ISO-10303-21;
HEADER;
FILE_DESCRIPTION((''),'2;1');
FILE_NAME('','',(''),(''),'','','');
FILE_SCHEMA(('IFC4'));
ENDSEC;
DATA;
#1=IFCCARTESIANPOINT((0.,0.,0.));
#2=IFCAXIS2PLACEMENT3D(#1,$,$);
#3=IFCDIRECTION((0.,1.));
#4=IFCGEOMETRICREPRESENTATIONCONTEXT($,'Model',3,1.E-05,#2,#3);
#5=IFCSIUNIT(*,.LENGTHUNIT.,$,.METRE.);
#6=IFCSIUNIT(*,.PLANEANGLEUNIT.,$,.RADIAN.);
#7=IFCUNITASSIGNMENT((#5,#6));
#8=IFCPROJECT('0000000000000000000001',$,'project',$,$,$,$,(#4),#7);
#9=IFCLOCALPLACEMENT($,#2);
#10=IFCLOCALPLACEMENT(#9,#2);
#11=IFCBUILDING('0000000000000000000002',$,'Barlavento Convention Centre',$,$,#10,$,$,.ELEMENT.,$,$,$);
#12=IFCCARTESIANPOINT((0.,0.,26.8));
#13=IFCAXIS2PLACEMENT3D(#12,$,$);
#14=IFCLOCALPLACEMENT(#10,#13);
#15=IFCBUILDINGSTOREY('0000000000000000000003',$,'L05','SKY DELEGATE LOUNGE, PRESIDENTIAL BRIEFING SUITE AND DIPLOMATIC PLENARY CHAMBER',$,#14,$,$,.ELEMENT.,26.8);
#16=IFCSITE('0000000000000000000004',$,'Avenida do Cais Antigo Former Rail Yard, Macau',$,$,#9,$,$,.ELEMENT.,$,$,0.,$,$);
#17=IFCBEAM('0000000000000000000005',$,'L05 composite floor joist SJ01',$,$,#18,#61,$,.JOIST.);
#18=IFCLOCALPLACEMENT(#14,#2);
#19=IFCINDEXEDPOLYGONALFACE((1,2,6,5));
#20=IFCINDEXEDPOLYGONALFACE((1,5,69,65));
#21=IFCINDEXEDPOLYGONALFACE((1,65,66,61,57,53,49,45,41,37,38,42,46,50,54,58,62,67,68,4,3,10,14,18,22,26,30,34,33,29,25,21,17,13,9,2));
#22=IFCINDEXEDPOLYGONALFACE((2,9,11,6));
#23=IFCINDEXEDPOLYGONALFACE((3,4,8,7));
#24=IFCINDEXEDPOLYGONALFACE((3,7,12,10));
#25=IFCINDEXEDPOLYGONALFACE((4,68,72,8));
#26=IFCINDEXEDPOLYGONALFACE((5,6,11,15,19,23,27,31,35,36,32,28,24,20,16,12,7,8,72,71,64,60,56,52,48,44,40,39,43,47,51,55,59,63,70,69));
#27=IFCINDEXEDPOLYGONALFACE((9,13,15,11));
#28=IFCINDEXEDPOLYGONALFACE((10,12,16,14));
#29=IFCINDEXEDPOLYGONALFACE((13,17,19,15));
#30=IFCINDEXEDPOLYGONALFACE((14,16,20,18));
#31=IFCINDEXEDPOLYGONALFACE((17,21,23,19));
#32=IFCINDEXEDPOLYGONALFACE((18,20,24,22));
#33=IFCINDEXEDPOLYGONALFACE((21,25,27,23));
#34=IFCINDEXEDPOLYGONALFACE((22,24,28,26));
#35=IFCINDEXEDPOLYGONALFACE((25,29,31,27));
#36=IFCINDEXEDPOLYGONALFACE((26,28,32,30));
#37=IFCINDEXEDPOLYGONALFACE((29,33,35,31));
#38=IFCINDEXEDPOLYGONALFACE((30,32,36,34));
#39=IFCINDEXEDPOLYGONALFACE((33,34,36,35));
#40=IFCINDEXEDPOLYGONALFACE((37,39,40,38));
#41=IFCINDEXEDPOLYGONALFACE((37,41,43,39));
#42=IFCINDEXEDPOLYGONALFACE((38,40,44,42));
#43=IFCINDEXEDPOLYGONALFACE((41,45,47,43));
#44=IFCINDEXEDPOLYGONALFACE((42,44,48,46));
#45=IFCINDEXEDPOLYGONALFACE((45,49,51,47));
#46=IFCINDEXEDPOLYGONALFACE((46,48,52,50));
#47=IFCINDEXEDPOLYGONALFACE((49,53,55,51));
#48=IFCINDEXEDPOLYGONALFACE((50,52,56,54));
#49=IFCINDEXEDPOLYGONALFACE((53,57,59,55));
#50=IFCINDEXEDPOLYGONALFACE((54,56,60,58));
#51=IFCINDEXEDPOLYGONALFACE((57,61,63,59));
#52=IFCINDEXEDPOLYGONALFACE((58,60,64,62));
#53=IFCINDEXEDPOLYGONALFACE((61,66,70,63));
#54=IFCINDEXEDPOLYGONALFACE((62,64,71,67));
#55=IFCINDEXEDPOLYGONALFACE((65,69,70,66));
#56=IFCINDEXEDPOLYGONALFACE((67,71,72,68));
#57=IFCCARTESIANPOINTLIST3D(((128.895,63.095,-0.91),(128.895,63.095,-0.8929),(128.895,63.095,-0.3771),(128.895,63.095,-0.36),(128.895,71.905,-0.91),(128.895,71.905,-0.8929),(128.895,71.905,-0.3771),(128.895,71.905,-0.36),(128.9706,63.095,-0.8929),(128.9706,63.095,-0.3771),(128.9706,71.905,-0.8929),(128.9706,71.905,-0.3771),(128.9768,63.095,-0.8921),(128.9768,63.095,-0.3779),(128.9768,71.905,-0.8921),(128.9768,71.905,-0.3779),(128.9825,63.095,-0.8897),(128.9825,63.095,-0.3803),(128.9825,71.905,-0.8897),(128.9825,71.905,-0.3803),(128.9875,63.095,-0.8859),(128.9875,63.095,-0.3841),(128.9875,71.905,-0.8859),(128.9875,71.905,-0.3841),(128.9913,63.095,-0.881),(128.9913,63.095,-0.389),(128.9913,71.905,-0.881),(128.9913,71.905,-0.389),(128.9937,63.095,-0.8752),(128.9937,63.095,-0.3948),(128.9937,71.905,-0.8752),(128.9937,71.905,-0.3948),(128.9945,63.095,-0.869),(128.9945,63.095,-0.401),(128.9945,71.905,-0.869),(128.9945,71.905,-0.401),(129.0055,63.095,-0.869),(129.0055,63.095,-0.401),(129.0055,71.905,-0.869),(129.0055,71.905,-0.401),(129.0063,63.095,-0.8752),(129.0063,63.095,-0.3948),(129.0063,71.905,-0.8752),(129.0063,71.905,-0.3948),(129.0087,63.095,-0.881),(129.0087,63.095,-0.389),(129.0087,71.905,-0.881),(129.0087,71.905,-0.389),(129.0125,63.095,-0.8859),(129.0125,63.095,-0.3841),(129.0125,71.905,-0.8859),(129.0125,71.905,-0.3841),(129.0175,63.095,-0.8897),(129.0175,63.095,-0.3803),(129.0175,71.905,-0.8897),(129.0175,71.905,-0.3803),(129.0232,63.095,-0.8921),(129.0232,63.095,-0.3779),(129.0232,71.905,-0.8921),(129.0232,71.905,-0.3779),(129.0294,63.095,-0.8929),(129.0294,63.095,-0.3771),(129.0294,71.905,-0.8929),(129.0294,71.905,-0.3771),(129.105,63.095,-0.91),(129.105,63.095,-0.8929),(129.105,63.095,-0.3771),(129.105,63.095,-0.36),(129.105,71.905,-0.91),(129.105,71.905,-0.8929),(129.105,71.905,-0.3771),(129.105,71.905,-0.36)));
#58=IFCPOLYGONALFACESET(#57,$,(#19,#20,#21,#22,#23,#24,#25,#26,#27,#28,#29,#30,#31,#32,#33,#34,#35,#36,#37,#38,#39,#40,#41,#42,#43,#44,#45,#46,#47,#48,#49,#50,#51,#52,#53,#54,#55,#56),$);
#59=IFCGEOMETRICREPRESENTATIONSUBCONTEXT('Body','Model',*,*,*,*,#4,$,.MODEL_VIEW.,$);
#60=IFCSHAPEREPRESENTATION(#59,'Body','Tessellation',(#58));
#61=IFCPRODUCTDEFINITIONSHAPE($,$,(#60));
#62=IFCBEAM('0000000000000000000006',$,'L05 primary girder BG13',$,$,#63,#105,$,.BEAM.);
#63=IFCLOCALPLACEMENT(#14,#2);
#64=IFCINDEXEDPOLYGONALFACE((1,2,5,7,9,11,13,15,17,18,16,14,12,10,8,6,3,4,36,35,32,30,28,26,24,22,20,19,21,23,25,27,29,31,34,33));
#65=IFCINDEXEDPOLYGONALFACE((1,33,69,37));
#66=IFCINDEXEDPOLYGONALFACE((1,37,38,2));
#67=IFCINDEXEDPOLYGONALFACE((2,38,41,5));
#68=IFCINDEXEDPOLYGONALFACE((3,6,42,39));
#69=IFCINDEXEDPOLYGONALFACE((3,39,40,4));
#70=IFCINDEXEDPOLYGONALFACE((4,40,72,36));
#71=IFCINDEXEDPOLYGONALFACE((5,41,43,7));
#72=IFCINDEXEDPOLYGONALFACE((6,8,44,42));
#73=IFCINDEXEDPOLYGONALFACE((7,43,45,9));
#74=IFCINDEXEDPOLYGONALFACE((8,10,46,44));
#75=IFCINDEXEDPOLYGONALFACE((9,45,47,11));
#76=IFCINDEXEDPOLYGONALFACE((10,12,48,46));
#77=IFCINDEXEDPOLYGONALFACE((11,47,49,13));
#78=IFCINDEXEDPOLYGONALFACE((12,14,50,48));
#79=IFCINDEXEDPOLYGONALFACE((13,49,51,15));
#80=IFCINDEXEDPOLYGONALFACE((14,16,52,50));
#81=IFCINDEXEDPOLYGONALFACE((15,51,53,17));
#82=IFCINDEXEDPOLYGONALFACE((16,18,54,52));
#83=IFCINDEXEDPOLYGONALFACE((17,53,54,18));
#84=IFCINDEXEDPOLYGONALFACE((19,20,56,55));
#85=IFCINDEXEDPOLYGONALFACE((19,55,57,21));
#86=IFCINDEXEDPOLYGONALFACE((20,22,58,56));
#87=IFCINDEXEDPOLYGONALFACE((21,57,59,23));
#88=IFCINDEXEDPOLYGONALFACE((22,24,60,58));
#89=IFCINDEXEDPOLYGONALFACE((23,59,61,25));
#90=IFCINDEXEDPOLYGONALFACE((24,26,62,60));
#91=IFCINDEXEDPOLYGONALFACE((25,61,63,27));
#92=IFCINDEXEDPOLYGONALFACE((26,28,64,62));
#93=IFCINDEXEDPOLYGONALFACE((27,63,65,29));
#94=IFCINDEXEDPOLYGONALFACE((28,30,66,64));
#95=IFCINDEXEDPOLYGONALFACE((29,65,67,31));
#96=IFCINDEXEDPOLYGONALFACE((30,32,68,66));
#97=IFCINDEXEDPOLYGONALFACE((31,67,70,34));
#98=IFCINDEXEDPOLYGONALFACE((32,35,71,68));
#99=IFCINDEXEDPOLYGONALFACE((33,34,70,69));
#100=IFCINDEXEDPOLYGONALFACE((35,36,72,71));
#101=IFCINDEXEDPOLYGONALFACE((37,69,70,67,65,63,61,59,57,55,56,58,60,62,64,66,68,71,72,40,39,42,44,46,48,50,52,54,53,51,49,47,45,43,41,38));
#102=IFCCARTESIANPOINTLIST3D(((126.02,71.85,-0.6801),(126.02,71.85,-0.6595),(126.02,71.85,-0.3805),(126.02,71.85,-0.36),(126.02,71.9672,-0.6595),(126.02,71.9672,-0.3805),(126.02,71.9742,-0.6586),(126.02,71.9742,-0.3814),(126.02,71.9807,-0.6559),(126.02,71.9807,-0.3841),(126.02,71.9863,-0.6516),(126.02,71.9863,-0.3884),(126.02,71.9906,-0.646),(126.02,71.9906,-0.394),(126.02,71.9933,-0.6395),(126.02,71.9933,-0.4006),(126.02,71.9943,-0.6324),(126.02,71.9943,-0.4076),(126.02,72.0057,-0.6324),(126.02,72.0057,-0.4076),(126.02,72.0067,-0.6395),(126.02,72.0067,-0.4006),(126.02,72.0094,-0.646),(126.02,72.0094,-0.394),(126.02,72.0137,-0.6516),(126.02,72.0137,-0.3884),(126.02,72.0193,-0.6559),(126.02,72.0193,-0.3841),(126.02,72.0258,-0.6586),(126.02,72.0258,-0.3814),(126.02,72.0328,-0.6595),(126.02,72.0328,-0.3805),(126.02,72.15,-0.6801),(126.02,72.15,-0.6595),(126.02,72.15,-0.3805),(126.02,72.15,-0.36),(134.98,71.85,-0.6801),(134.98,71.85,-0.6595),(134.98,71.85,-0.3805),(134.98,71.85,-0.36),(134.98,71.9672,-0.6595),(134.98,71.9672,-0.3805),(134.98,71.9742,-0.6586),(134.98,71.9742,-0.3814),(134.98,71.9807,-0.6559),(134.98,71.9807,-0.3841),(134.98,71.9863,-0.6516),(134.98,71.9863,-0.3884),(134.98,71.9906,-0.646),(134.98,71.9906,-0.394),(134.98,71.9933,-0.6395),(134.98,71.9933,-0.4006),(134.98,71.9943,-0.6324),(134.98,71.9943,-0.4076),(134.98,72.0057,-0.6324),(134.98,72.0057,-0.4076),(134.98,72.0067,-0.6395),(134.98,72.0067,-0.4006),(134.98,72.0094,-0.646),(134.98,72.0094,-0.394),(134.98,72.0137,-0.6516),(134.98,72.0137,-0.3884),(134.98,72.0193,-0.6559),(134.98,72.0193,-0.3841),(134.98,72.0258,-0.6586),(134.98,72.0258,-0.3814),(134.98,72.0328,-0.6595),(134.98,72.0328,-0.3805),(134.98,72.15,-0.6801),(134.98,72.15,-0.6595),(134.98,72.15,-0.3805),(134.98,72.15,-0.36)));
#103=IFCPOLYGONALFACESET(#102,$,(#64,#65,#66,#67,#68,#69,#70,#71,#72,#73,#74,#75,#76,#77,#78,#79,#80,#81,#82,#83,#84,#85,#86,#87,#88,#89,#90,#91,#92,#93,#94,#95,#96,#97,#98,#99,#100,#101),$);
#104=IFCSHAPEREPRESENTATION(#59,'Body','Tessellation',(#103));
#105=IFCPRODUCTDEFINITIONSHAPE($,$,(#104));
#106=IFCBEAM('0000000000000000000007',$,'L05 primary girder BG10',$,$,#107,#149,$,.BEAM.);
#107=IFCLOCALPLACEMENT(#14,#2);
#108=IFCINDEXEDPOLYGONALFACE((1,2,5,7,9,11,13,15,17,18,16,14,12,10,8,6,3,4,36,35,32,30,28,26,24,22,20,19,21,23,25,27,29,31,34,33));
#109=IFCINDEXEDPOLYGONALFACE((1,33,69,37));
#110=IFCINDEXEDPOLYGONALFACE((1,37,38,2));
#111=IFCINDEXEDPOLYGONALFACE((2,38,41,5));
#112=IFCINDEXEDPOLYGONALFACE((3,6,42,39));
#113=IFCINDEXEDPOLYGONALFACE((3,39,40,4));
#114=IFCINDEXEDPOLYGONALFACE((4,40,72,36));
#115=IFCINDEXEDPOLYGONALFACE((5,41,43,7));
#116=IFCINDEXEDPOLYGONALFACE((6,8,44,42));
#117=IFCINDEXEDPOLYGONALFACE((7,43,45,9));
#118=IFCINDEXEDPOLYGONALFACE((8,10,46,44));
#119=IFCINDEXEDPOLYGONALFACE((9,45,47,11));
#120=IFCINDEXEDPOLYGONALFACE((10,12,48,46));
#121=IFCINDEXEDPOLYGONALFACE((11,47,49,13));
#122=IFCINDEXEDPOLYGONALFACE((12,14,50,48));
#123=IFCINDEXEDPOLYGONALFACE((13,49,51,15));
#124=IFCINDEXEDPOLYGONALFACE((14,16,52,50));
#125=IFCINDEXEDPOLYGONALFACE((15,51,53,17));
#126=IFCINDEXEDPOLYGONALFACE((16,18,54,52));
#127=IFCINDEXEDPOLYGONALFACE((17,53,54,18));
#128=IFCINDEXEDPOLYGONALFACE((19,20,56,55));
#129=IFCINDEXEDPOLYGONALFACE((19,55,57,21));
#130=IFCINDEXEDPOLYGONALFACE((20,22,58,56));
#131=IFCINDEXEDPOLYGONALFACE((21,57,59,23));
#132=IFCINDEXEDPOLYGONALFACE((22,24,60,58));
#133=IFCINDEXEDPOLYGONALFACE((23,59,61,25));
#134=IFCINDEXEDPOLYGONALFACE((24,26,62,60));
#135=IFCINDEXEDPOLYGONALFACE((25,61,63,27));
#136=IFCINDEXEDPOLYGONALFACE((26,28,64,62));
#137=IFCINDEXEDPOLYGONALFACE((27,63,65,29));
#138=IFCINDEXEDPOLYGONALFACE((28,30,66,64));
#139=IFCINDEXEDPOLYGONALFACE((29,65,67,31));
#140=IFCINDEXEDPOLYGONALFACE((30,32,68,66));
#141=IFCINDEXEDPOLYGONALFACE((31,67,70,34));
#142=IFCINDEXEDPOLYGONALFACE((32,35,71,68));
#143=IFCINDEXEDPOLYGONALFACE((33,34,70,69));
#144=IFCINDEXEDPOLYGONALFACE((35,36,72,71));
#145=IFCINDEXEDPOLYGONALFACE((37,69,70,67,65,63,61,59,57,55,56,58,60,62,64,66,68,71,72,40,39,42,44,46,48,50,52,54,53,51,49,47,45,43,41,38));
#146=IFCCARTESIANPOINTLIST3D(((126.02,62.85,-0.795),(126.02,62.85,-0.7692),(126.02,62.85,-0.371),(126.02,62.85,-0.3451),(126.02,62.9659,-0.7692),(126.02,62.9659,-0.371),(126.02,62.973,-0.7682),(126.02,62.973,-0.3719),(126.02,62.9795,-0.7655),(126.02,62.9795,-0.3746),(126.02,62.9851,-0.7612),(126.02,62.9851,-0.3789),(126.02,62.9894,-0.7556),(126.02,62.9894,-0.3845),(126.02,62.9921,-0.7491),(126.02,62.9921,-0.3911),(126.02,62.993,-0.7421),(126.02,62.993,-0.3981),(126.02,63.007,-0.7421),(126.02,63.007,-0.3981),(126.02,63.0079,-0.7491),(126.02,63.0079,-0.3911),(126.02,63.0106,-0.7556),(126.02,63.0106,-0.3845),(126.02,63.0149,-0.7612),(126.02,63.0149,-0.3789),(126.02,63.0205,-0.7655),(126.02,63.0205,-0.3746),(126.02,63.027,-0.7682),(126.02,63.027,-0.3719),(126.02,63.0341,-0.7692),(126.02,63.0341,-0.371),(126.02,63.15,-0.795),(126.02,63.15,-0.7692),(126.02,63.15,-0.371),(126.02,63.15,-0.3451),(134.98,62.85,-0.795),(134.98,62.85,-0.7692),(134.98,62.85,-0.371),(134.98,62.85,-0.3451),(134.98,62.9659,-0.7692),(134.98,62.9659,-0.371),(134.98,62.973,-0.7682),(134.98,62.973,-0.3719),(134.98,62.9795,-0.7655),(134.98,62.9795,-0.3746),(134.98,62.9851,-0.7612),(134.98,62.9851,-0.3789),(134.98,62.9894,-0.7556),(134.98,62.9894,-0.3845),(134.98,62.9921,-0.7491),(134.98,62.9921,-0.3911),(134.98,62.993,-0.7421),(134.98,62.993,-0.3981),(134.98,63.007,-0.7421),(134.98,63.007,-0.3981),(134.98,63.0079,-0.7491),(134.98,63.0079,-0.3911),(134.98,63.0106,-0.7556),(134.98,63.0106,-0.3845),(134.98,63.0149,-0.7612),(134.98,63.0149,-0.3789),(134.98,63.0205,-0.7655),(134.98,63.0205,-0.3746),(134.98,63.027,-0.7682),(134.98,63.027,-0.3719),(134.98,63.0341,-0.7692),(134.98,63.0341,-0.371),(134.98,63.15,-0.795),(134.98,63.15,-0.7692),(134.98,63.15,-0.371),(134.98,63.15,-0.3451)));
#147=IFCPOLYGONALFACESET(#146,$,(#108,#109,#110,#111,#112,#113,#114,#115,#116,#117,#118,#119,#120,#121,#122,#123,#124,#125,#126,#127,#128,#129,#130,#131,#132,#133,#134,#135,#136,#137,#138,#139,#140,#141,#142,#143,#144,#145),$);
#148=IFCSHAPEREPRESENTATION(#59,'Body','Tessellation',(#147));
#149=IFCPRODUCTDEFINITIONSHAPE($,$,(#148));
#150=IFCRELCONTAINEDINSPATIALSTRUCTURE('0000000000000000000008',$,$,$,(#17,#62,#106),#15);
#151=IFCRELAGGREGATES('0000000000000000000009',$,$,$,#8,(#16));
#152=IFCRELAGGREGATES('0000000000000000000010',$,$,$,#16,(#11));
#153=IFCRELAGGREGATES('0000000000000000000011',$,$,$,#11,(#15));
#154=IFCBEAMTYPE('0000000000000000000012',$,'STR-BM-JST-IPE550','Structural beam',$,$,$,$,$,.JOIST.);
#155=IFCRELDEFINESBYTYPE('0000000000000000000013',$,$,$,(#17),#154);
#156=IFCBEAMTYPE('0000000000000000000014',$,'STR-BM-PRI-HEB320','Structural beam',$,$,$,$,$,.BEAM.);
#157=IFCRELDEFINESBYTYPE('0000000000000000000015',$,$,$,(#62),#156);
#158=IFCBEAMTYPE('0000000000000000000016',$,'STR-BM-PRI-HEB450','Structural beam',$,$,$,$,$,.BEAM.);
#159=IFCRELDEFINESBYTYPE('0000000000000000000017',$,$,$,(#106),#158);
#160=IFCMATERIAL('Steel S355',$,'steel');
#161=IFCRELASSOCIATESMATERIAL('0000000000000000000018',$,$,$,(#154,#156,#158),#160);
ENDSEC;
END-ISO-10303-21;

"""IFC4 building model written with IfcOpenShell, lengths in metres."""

from ifc_helpers import new_model, si_unit, direction, frame, origin, origin_2d, place, context, subcontext, project, spatial, i_section, extrude, material, material_profile, profile_set, type_object, element, save


model = new_model("IFC4")

# Units and contexts
model_context = context("Model", 3, precision=1e-05, world=origin(), true_north=direction((0.0, 1.0)))
body_context = subcontext(model_context, "Body", "Model", "MODEL_VIEW")
ifc_project = project(units=[si_unit("LENGTHUNIT", "METRE"), si_unit("PLANEANGLEUNIT", "RADIAN")], contexts=[model_context])

# Site, building, storey
site_placement = place(None, origin())
site = spatial("IfcSite", under=ifc_project, at=site_placement, Name="Avenida do Cais Antigo Former Rail Yard, Macau", CompositionType="ELEMENT", RefElevation=0.0)
building_placement = place(site_placement, origin())
building = spatial("IfcBuilding", under=site, at=building_placement, Name="Barlavento Convention Centre", CompositionType="ELEMENT")
storey_placement = place(building_placement, frame((0.0, 0.0, 26.8)))
storey = spatial("IfcBuildingStorey", under=building, at=storey_placement, Name="L05", Description="SKY DELEGATE LOUNGE, PRESIDENTIAL BRIEFING SUITE AND DIPLOMATIC PLENARY CHAMBER", CompositionType="ELEMENT", Elevation=26.8)

# Beams
ifc_material_1 = material(Name="Steel S355", Category="steel")
ifc_material_profile_1 = material_profile(ifc_material_1, i_section(OverallWidth=0.21, OverallDepth=0.55, WebThickness=0.011, FlangeThickness=0.0171, FilletRadius=0.0239, at=origin_2d()), Name="IPE 550")
ifc_profile_set_1 = profile_set([ifc_material_profile_1], Name="Steel S355")
beam_type_1 = type_object("IfcBeamType", Name="STR-BM-JST-IPE550", Description="Structural beam", PredefinedType="JOIST", material=ifc_profile_set_1)
beam_1_placement = place(storey_placement, frame((129.0, 63.095, -0.635), z_axis=(0.0, 1.0, 0.0), x_axis=(-1.0, 0.0, 0.0)))
element("IfcBeam", 1, at=beam_1_placement, inside=storey, type_object=beam_type_1, Name="L05 composite floor joist SJ01", PredefinedType="JOIST", context=body_context, shape_type="SweptSolid", body=[
    extrude(i_section(OverallWidth=0.21, OverallDepth=0.55, WebThickness=0.011, FlangeThickness=0.0171, FilletRadius=0.0239, at=origin_2d()), origin(), (0.0, 0.0, 1.0), 8.8101),
])
ifc_material_profile_2 = material_profile(ifc_material_1, i_section(OverallWidth=0.3, OverallDepth=0.3201, WebThickness=0.0115, FlangeThickness=0.0205, FilletRadius=0.0271, at=origin_2d()), Name="HEB 320")
ifc_profile_set_2 = profile_set([ifc_material_profile_2], Name="Steel S355")
beam_type_2 = type_object("IfcBeamType", Name="STR-BM-PRI-HEB320", Description="Structural beam", PredefinedType="BEAM", material=ifc_profile_set_2)
beam_2_placement = place(storey_placement, frame((126.02, 72.0, -0.52), z_axis=(1.0, 0.0, 0.0), x_axis=(0.0, 1.0, 0.0)))
element("IfcBeam", 2, at=beam_2_placement, inside=storey, type_object=beam_type_2, Name="L05 primary girder BG13", PredefinedType="BEAM", context=body_context, shape_type="SweptSolid", body=[
    extrude(i_section(OverallWidth=0.3, OverallDepth=0.3201, WebThickness=0.0115, FlangeThickness=0.0205, FilletRadius=0.0271, at=origin_2d()), origin(), (0.0, 0.0, 1.0), 8.96),
])
ifc_material_profile_3 = material_profile(ifc_material_1, i_section(OverallWidth=0.3, OverallDepth=0.45, WebThickness=0.0139, FlangeThickness=0.0259, FilletRadius=0.0271, at=origin_2d()), Name="HEB 450")
ifc_profile_set_3 = profile_set([ifc_material_profile_3], Name="Steel S355")
beam_type_3 = type_object("IfcBeamType", Name="STR-BM-PRI-HEB450", Description="Structural beam", PredefinedType="BEAM", material=ifc_profile_set_3)
beam_3_placement = place(storey_placement, frame((126.02, 63.0, -0.5701), z_axis=(1.0, 0.0, 0.0), x_axis=(0.0, 1.0, 0.0)))
element("IfcBeam", 3, at=beam_3_placement, inside=storey, type_object=beam_type_3, Name="L05 primary girder BG10", PredefinedType="BEAM", context=body_context, shape_type="SweptSolid", body=[
    extrude(i_section(OverallWidth=0.3, OverallDepth=0.45, WebThickness=0.0139, FlangeThickness=0.0259, FilletRadius=0.0271, at=origin_2d()), origin(), (0.0, 0.0, 1.0), 8.96),
])

save(model, "model.ifc")
